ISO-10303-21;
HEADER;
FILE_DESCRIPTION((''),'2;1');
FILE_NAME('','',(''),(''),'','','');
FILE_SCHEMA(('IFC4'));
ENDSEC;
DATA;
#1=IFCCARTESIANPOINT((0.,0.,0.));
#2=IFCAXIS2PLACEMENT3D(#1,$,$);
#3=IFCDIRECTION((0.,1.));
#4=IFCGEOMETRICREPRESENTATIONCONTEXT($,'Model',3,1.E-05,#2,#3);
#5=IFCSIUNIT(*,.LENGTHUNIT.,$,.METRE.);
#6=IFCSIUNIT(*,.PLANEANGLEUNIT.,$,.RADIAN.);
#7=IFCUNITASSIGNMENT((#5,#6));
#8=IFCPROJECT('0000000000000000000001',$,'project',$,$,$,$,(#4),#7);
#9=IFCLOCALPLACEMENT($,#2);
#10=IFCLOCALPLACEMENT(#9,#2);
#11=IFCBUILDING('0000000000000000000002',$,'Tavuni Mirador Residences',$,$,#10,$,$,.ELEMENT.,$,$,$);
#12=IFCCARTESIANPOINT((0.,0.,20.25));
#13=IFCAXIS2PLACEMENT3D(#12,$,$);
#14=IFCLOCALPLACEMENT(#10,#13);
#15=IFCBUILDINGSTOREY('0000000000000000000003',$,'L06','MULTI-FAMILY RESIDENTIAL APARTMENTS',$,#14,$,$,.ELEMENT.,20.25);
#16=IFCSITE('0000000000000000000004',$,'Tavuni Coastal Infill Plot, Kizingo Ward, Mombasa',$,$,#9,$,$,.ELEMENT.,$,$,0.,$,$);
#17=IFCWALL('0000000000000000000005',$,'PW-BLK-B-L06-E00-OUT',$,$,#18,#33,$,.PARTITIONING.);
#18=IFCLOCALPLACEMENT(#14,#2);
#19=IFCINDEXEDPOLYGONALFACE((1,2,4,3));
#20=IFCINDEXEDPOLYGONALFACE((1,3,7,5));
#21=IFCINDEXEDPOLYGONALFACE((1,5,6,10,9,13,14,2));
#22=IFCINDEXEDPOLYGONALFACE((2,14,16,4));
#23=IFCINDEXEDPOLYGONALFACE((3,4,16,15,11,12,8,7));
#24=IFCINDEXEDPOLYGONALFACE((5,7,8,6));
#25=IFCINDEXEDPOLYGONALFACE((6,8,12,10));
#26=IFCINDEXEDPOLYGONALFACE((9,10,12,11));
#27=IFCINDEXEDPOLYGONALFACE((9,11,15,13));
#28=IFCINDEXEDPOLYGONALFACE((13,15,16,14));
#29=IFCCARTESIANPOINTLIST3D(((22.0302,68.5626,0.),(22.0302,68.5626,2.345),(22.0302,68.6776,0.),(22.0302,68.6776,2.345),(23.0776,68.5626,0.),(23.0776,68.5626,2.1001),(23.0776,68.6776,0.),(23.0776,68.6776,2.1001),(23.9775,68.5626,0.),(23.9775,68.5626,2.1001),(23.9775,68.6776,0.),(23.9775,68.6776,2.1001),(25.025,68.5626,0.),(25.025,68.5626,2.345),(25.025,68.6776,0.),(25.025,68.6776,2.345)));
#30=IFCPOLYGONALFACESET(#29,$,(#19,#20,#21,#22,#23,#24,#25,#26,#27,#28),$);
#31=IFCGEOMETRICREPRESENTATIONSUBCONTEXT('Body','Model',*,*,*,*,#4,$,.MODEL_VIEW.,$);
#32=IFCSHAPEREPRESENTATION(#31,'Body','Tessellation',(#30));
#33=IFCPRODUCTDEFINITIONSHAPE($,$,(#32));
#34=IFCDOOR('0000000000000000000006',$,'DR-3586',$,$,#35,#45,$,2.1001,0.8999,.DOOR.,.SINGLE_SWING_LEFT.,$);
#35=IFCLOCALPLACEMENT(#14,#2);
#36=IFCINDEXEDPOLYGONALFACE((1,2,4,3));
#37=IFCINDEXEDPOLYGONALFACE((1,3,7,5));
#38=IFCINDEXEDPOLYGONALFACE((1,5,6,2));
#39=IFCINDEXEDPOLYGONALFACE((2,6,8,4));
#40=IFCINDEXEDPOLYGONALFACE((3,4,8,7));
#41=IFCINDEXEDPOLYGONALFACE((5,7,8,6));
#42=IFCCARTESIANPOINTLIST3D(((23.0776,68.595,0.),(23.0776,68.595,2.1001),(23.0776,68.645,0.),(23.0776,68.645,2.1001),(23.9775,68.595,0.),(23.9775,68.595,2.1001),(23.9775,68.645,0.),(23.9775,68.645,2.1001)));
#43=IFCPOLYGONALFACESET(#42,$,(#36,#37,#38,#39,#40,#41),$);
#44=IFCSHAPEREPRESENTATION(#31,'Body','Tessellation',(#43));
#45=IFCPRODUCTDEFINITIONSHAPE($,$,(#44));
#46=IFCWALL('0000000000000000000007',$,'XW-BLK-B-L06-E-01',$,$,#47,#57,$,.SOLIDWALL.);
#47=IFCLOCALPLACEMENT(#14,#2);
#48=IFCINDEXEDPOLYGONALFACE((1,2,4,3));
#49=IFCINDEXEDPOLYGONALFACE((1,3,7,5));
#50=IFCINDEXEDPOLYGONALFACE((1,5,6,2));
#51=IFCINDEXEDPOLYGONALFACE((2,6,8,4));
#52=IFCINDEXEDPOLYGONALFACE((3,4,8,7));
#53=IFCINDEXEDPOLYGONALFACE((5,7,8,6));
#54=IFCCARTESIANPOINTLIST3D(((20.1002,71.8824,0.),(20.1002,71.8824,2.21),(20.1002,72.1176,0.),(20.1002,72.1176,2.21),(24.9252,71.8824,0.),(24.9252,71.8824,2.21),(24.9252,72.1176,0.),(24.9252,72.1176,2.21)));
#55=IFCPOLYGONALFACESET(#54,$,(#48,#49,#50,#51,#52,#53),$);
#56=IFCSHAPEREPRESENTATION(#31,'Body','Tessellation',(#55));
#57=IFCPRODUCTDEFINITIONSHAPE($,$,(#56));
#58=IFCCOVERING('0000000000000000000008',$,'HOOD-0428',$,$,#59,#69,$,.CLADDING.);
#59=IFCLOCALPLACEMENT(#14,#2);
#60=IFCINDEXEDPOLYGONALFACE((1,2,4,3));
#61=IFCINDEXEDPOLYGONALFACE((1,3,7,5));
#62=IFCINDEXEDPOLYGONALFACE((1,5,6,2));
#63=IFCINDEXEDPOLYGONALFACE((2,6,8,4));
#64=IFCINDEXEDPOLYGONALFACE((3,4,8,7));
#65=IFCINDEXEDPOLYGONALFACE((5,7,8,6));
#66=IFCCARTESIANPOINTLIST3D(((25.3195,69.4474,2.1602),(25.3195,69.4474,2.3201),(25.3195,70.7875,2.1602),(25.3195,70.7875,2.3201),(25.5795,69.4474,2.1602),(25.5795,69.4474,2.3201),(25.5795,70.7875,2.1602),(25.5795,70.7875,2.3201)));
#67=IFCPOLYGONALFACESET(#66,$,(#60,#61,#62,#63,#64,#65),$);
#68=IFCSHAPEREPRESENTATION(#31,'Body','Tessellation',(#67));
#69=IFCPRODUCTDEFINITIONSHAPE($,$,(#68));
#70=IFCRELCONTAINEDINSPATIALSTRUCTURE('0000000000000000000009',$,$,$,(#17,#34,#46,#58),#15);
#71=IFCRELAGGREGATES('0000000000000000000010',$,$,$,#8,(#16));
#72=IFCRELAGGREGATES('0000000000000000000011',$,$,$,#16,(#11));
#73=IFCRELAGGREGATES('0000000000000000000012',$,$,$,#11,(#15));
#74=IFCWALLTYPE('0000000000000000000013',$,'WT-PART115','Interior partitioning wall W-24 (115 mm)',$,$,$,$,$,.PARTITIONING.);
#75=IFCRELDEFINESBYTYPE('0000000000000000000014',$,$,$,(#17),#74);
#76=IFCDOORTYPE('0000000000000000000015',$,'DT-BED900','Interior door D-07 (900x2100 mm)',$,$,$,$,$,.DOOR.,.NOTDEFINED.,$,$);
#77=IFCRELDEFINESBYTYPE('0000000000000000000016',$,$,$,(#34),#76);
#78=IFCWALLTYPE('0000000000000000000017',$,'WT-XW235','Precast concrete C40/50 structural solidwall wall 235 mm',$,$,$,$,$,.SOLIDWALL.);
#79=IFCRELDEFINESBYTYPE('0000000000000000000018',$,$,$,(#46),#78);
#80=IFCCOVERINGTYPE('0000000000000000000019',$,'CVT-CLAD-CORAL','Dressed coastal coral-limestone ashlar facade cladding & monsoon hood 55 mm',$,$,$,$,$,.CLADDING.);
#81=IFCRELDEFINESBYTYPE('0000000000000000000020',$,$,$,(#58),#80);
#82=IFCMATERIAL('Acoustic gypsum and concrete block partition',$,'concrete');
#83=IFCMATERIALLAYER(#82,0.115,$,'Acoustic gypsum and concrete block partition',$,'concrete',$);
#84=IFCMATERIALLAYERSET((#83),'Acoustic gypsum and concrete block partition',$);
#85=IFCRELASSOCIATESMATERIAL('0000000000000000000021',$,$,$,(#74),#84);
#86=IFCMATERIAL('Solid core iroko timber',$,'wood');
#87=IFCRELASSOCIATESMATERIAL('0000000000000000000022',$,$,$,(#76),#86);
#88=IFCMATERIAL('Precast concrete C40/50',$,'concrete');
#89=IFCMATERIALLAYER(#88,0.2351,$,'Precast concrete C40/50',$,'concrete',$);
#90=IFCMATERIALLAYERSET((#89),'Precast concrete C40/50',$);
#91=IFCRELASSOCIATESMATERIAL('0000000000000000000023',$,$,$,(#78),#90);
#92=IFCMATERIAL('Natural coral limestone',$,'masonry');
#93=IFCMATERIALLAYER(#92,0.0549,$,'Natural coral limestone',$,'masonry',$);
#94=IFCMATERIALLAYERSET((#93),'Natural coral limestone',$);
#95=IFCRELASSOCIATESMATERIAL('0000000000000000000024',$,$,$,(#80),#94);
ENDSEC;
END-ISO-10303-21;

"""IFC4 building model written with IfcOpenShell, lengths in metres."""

from ifc_helpers import new_model, si_unit, direction, frame, frame_2d, origin, origin_2d, place, context, subcontext, project, spatial, rectangle, extrude, material, layer, layer_set, type_object, element, fill, save


model = new_model("IFC4")

# Units and contexts
model_context = context("Model", 3, precision=1e-05, world=origin(), true_north=direction((0.0, 1.0)))
body_context = subcontext(model_context, "Body", "Model", "MODEL_VIEW")
ifc_project = project(units=[si_unit("LENGTHUNIT", "METRE"), si_unit("PLANEANGLEUNIT", "RADIAN")], contexts=[model_context])

# Site, building, storey
site_placement = place(None, origin())
site = spatial("IfcSite", under=ifc_project, at=site_placement, Name="Tavuni Coastal Infill Plot, Kizingo Ward, Mombasa", CompositionType="ELEMENT", RefElevation=0.0)
building_placement = place(site_placement, origin())
building = spatial("IfcBuilding", under=site, at=building_placement, Name="Tavuni Mirador Residences", CompositionType="ELEMENT")
storey_placement = place(building_placement, frame((0.0, 0.0, 20.25)))
storey = spatial("IfcBuildingStorey", under=building, at=storey_placement, Name="L06", Description="MULTI-FAMILY RESIDENTIAL APARTMENTS", CompositionType="ELEMENT", Elevation=20.25)

# Shared definitions
ifc_material_1 = material(Name="Precast concrete C40/50", Category="concrete")

# Wall, opening, door
ifc_material_2 = material(Name="Acoustic gypsum and concrete block partition", Category="concrete")
ifc_material_3 = material(Name="Solid core iroko timber", Category="wood")
ifc_layer_1 = layer(ifc_material_2, 0.115, Name="Acoustic gypsum and concrete block partition", Category="concrete")
ifc_layer_set_1 = layer_set([ifc_layer_1], Name="Acoustic gypsum and concrete block partition")
wall_type_1 = type_object("IfcWallType", Name="WT-PART115", Description="Interior partitioning wall W-24 (115 mm)", PredefinedType="PARTITIONING", material=ifc_layer_set_1)
wall_1_placement = place(storey_placement, frame((22.03, 68.6201, 0.0), z_axis=(0.0, 0.0, 1.0), x_axis=(1.0, 0.0, 0.0)))
wall_1 = element("IfcWall", 1, at=wall_1_placement, inside=storey, type_object=wall_type_1, Name="PW-BLK-B-L06-E00-OUT", PredefinedType="PARTITIONING", context=body_context, shape_type="SweptSolid", body=[
    extrude(rectangle(XDim=2.9949, YDim=0.115, at=frame_2d((1.4976, 0.0))), origin(), (0.0, 0.0, 1.0), 2.345),
])
opening_1_placement = place(wall_1_placement, frame((1.0476, 0.0, 0.0)))
opening_1 = element("IfcOpeningElement", 2, at=opening_1_placement, cuts=wall_1, PredefinedType="OPENING", context=body_context, shape_type="SweptSolid", body=[
    extrude(rectangle(XDim=0.8999, YDim=2.1001, at=frame_2d((0.45, 1.05))), frame((0.0, 0.0674, 0.0), z_axis=(0.0, -1.0, 0.0), x_axis=(1.0, 0.0, 0.0)), (0.0, 0.0, 1.0), 0.135),
])
door_type_1 = type_object("IfcDoorType", Name="DT-BED900", Description="Interior door D-07 (900x2100 mm)", OperationType="NOTDEFINED", PredefinedType="DOOR", material=ifc_material_3)
door_1_placement = place(opening_1_placement, origin())
door_1 = element("IfcDoor", 3, at=door_1_placement, inside=storey, type_object=door_type_1, Name="DR-3586", OperationType="SINGLE_SWING_LEFT", OverallHeight=2.1001, OverallWidth=0.8999, PredefinedType="DOOR", context=body_context, shape_type="SweptSolid", body=[
    extrude(rectangle(XDim=0.8999, YDim=2.1001, at=frame_2d((0.45, 1.05))), frame((0.0, 0.0249, 0.0), z_axis=(0.0, -1.0, 0.0), x_axis=(1.0, 0.0, 0.0)), (0.0, 0.0, 1.0), 0.05),
])
fill(opening_1, door_1)

# Wall
ifc_layer_2 = layer(ifc_material_1, 0.2351, Name="Precast concrete C40/50", Category="concrete")
ifc_layer_set_2 = layer_set([ifc_layer_2], Name="Precast concrete C40/50")
wall_type_2 = type_object("IfcWallType", Name="WT-XW235", Description="Precast concrete C40/50 structural solidwall wall 235 mm", PredefinedType="SOLIDWALL", material=ifc_layer_set_2)
wall_2_placement = place(storey_placement, frame((20.1001, 72.0, 0.0), z_axis=(0.0, 0.0, 1.0), x_axis=(1.0, 0.0, 0.0)))
element("IfcWall", 4, at=wall_2_placement, inside=storey, type_object=wall_type_2, Name="XW-BLK-B-L06-E-01", PredefinedType="SOLIDWALL", context=body_context, shape_type="SweptSolid", body=[
    extrude(rectangle(XDim=4.825, YDim=0.2351, at=frame_2d((2.4126, 0.0))), origin(), (0.0, 0.0, 1.0), 2.21),
])

# Covering
ifc_material_4 = material(Name="Natural coral limestone", Category="masonry")
ifc_layer_3 = layer(ifc_material_4, 0.0549, Name="Natural coral limestone", Category="masonry")
ifc_layer_set_3 = layer_set([ifc_layer_3], Name="Natural coral limestone")
covering_type = type_object("IfcCoveringType", Name="CVT-CLAD-CORAL", Description="Dressed coastal coral-limestone ashlar facade cladding & monsoon hood 55 mm", PredefinedType="CLADDING", material=ifc_layer_set_3)
covering_placement = place(storey_placement, frame((25.4495, 70.1174, 2.1602), z_axis=(0.0, 0.0, 1.0), x_axis=(0.0, 1.0, 0.0)))
element("IfcCovering", 5, at=covering_placement, inside=storey, type_object=covering_type, Name="HOOD-0428", PredefinedType="CLADDING", context=body_context, shape_type="SweptSolid", body=[
    extrude(rectangle(XDim=1.3401, YDim=0.26, at=origin_2d()), origin(), (0.0, 0.0, 1.0), 0.1599),
])

save(model, "model.ifc")
